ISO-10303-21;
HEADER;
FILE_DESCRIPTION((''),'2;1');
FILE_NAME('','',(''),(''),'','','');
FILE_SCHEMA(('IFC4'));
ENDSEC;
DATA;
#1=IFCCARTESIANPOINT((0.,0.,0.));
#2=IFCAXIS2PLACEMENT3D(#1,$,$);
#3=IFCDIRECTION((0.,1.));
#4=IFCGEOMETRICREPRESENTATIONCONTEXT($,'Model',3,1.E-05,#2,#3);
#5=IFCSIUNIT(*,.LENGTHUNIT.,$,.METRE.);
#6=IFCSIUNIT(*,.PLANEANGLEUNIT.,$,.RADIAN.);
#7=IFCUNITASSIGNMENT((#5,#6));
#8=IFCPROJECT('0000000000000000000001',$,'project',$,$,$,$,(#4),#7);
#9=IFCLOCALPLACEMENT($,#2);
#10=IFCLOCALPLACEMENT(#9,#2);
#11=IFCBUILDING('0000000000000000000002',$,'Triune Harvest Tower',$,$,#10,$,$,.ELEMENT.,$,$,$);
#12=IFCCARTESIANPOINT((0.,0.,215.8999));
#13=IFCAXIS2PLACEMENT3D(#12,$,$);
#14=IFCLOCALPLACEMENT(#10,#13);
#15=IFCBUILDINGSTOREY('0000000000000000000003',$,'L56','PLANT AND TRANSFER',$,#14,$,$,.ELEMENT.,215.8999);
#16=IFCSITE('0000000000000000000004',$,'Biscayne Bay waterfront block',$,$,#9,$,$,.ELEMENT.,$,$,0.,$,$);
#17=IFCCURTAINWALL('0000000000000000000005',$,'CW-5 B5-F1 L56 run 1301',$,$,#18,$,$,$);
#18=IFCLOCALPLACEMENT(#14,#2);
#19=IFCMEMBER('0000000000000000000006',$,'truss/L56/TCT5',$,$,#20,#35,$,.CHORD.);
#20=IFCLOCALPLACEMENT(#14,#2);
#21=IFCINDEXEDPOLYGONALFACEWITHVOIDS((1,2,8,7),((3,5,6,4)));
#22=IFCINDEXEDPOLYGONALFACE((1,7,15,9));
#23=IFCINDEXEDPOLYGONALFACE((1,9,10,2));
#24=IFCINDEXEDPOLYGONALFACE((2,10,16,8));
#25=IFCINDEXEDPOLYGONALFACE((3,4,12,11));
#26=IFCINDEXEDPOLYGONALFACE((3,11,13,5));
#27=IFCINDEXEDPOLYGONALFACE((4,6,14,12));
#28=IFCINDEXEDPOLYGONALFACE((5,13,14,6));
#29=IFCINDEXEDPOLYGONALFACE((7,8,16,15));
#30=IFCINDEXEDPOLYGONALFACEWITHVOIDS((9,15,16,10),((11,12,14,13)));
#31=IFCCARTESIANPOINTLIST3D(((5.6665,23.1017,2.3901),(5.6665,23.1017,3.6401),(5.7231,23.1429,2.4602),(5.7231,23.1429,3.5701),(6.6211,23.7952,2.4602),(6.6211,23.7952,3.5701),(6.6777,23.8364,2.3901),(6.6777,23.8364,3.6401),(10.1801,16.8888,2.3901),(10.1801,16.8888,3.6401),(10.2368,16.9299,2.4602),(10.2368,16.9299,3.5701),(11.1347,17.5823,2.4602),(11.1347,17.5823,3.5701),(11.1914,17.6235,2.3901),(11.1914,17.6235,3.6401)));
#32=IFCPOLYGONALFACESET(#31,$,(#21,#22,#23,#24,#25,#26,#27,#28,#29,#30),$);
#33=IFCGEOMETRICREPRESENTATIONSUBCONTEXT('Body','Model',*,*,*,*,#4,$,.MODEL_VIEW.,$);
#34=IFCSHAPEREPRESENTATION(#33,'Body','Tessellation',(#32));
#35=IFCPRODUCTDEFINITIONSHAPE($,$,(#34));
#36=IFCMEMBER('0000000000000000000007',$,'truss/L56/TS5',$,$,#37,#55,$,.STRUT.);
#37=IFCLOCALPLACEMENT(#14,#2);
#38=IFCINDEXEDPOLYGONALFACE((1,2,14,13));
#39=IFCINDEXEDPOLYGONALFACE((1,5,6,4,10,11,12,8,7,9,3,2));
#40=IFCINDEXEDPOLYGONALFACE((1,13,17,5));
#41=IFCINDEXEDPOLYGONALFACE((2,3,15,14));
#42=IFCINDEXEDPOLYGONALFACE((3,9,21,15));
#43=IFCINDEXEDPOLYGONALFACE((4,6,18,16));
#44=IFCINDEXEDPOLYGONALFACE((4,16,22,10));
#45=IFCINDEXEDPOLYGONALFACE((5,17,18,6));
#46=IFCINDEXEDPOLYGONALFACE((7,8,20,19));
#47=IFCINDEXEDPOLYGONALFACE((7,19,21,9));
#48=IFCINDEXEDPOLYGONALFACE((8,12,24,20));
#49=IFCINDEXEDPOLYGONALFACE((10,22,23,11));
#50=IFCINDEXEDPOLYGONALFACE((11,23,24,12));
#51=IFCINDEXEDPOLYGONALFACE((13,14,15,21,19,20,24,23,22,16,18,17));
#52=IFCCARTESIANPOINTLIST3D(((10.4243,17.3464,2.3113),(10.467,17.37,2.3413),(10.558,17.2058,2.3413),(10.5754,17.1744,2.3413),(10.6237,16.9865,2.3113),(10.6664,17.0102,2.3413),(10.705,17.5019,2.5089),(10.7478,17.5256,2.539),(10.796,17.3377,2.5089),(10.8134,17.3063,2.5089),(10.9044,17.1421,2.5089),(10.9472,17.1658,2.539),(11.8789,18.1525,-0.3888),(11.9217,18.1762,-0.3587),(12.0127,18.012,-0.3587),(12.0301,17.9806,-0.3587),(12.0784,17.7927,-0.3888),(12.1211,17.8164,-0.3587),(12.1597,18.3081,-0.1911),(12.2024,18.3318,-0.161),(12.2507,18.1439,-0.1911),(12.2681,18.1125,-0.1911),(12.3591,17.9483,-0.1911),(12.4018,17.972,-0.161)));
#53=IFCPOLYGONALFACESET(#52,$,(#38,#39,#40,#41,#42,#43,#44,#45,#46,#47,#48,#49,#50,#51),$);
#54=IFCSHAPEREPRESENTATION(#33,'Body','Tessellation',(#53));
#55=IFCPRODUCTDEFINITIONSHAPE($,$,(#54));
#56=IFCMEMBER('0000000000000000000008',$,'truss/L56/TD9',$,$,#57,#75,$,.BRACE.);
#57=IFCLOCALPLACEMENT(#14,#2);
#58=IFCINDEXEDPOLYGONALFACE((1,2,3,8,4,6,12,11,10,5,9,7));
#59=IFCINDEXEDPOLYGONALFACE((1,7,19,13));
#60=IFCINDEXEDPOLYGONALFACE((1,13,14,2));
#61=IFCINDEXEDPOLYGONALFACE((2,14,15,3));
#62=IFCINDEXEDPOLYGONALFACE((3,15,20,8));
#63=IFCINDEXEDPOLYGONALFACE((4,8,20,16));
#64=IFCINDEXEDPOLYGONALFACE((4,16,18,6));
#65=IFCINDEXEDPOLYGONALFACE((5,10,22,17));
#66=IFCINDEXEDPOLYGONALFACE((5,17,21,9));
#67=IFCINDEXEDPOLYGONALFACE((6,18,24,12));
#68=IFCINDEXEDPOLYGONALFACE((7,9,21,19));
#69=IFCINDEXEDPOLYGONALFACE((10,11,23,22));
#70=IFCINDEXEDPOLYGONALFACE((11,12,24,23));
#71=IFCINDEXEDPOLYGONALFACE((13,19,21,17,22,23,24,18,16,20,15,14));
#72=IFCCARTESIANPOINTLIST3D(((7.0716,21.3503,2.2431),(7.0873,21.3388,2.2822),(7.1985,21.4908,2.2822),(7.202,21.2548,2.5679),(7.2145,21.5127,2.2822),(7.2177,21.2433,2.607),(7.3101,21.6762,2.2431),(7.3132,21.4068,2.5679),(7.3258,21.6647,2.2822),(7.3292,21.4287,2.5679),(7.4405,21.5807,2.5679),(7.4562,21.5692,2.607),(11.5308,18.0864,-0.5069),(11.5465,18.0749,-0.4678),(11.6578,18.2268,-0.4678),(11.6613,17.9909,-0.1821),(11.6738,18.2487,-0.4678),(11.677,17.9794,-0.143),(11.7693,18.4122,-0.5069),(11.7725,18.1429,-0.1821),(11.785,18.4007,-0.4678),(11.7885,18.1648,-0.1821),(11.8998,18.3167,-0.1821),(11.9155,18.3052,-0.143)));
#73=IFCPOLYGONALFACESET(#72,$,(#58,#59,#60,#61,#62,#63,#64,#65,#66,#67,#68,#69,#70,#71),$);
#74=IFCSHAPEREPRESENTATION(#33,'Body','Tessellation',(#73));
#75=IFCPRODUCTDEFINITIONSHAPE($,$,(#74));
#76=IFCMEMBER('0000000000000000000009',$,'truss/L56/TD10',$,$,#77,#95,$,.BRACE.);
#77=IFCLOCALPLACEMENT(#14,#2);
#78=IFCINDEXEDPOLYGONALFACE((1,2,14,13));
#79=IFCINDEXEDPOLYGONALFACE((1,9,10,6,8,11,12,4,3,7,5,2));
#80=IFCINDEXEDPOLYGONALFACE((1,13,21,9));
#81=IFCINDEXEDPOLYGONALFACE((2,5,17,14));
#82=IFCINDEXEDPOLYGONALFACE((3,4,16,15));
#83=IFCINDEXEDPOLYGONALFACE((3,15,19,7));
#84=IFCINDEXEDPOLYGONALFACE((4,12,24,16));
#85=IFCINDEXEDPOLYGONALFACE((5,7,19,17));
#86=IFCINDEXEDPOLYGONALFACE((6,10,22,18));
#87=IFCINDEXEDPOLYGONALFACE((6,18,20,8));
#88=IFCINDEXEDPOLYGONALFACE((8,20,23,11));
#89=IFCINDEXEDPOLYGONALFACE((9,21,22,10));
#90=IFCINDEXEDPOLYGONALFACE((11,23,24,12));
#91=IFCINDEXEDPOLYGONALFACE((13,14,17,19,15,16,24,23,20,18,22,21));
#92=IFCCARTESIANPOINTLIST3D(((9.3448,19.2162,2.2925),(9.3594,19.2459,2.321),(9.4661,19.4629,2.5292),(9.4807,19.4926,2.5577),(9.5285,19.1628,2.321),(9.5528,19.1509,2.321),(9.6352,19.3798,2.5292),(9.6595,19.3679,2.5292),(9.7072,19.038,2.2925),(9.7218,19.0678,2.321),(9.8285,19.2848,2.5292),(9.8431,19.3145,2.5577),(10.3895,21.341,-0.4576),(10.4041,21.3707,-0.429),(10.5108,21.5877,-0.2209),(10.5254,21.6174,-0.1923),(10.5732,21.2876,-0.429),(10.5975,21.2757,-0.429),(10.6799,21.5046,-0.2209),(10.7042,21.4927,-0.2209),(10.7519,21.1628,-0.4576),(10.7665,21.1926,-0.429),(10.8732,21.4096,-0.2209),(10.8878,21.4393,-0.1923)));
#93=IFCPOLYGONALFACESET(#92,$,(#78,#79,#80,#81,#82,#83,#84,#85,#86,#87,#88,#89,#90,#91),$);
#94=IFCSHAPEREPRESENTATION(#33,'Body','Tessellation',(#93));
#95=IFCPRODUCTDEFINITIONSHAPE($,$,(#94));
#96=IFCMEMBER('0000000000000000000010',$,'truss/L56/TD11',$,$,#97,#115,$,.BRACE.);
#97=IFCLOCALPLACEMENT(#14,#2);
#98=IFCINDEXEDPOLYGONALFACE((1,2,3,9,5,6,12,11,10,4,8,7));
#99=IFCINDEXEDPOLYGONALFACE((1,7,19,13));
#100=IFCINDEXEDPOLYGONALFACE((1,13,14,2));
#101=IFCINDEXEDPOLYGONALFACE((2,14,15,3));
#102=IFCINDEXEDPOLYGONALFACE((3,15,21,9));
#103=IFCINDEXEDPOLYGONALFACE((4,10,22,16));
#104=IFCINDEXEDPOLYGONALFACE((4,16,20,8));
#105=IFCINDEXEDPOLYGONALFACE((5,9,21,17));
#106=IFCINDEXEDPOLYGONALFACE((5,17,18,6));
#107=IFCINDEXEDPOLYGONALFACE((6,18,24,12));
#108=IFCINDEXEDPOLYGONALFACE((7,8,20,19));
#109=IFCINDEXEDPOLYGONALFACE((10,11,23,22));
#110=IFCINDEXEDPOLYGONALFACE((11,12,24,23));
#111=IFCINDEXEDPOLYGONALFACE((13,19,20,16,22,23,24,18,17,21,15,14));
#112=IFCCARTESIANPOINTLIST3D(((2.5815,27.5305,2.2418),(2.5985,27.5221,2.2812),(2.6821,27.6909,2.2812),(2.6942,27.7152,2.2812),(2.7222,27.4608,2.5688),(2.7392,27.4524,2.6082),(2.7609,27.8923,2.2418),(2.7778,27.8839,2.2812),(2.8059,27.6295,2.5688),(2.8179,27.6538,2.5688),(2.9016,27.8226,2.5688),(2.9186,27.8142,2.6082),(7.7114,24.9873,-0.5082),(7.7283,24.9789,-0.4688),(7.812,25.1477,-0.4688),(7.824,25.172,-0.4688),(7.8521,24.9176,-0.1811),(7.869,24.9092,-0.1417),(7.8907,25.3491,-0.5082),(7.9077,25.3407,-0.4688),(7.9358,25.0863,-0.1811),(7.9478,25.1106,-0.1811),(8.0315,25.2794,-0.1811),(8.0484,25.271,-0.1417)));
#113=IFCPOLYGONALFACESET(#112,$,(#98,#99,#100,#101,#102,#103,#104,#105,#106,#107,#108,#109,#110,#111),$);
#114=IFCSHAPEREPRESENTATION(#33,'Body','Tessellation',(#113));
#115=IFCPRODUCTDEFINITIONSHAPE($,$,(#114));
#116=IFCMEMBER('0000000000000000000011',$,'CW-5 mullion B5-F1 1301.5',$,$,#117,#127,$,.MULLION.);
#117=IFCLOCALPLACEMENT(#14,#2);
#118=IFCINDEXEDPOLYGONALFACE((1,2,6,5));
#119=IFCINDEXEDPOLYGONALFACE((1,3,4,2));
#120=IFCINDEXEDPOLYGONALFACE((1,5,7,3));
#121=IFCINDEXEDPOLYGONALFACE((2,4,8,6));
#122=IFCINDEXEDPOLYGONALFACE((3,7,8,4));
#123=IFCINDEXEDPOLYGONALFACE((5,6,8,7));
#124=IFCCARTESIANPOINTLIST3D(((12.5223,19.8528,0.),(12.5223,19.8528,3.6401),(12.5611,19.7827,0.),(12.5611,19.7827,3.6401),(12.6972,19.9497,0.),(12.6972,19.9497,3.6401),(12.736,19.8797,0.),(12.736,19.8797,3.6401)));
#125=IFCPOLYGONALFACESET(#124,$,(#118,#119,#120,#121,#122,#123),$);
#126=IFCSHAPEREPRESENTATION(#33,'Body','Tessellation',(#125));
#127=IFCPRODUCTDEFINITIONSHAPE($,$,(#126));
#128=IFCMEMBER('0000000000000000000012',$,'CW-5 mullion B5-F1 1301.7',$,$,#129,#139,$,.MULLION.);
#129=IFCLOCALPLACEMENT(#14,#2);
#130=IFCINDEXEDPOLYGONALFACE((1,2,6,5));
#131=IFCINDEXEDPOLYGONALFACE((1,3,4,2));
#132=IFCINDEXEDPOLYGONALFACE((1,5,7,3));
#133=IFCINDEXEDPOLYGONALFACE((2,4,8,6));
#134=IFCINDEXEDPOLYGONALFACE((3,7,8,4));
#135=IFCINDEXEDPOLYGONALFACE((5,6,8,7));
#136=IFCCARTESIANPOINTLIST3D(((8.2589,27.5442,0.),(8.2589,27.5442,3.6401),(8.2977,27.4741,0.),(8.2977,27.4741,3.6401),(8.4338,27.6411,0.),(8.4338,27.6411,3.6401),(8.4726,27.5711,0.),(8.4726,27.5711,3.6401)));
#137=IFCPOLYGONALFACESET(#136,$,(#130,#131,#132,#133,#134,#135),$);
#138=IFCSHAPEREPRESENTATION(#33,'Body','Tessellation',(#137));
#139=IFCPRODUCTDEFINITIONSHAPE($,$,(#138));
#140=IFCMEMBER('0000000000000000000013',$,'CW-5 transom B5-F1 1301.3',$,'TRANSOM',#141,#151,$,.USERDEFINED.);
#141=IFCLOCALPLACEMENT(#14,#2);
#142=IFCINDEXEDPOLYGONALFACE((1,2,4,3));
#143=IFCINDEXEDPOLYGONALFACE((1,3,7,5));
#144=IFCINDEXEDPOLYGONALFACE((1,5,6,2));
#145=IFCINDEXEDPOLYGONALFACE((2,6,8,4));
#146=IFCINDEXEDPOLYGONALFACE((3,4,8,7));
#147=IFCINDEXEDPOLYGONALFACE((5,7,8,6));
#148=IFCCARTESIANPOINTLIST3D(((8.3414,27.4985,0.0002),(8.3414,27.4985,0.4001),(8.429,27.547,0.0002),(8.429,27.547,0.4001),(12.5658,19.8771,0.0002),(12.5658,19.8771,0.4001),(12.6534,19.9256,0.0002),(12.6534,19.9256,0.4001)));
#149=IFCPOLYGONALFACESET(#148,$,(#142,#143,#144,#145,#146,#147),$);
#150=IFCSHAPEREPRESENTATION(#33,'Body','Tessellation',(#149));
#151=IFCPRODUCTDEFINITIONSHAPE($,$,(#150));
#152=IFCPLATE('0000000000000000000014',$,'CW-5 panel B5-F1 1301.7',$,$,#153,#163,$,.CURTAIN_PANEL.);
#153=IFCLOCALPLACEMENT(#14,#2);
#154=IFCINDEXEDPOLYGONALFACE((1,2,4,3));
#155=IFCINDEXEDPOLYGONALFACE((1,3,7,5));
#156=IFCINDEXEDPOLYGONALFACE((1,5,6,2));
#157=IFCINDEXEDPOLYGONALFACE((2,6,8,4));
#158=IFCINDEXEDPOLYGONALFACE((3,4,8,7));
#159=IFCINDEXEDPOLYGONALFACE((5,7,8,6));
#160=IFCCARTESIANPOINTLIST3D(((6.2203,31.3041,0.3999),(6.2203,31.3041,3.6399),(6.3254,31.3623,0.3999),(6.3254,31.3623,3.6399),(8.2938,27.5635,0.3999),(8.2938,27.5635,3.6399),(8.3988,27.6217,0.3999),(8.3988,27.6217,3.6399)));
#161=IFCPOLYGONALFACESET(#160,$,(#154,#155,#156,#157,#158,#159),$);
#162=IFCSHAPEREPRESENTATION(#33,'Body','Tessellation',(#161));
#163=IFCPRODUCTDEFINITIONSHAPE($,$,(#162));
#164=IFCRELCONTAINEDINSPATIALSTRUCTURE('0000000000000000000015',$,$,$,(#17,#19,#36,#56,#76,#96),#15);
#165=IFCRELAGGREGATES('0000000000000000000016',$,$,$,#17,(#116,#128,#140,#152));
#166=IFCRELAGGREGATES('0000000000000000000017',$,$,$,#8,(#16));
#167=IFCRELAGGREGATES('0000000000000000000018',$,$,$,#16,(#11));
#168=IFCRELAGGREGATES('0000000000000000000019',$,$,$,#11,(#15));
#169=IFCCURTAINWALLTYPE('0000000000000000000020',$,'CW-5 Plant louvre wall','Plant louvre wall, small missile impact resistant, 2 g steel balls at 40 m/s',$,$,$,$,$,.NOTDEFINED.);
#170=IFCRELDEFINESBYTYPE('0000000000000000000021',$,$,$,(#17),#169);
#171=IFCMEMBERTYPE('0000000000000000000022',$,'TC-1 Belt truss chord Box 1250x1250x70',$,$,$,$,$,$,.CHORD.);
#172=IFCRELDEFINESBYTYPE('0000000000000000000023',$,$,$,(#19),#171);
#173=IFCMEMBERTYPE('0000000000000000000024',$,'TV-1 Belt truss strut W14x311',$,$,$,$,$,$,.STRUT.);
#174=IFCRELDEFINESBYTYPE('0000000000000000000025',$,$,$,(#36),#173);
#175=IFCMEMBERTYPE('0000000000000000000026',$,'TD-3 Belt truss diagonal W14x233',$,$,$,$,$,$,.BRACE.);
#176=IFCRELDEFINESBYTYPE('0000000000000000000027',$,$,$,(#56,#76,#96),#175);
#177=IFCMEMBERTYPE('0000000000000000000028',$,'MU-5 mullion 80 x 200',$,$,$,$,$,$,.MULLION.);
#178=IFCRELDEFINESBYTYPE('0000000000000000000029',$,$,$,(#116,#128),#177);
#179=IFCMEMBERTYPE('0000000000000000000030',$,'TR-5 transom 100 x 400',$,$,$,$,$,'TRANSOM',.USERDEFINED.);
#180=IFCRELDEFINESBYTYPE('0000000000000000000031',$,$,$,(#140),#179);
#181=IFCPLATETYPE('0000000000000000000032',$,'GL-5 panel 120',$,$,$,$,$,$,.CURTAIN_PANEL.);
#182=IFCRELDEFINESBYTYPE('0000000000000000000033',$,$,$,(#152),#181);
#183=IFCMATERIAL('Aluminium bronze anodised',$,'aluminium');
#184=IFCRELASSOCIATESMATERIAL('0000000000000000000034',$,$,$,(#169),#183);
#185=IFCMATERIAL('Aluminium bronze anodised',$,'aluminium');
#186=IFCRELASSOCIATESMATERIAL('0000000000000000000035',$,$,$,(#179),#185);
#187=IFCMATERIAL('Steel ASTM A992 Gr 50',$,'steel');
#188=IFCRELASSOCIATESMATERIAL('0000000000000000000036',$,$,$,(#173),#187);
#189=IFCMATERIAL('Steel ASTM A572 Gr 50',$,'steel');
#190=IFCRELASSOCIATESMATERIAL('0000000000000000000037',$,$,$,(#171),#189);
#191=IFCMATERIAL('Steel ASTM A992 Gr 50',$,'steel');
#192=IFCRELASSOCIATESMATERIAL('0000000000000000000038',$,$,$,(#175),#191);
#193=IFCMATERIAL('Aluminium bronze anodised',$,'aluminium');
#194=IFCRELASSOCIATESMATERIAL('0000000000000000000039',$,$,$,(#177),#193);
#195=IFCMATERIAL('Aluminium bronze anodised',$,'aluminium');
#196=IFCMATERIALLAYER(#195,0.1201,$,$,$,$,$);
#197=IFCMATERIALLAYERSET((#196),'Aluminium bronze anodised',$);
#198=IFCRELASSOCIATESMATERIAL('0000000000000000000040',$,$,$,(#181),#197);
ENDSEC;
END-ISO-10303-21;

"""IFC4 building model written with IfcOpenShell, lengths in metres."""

from ifc_helpers import new_model, si_unit, direction, frame, origin, origin_2d, place, context, subcontext, project, spatial, rectangle, hollow_rectangle, i_section, extrude, source, transform, mapped, material, layer, layer_set, material_profile, profile_set, type_object, element, aggregate, save


model = new_model("IFC4")

# Units and contexts
model_context = context("Model", 3, precision=1e-05, world=origin(), true_north=direction((0.0, 1.0)))
body_context = subcontext(model_context, "Body", "Model", "MODEL_VIEW")
ifc_project = project(units=[si_unit("LENGTHUNIT", "METRE"), si_unit("PLANEANGLEUNIT", "RADIAN")], contexts=[model_context])

# Site, building, storey
site_placement = place(None, origin())
site = spatial("IfcSite", under=ifc_project, at=site_placement, Name="Biscayne Bay waterfront block", CompositionType="ELEMENT", RefElevation=0.0)
building_placement = place(site_placement, origin())
building = spatial("IfcBuilding", under=site, at=building_placement, Name="Triune Harvest Tower", CompositionType="ELEMENT")
storey_placement = place(building_placement, frame((0.0, 0.0, 215.8999)))
storey = spatial("IfcBuildingStorey", under=building, at=storey_placement, Name="L56", Description="PLANT AND TRANSFER", CompositionType="ELEMENT", Elevation=215.8999)

# Curtain wall
ifc_material_1 = material(Name="Aluminium bronze anodised", Category="aluminium")
curtain_wall_type = type_object("IfcCurtainWallType", Name="CW-5 Plant louvre wall", Description="Plant louvre wall, small missile impact resistant, 2 g steel balls at 40 m/s", PredefinedType="NOTDEFINED", material=ifc_material_1)
curtain_wall_placement = place(storey_placement, origin())
curtain_wall = element("IfcCurtainWall", 1, at=curtain_wall_placement, inside=storey, type_object=curtain_wall_type, Name="CW-5 B5-F1 L56 run 1301")
ifc_material_2 = material(Name="Aluminium bronze anodised", Category="aluminium")
ifc_material_profile_1 = material_profile(ifc_material_2, rectangle(XDim=0.1001, YDim=0.3999, at=origin_2d()), Name="TR-5 transom 100 x 400")
ifc_profile_set_1 = profile_set([ifc_material_profile_1], Name="Aluminium bronze anodised")
member_type_1 = type_object("IfcMemberType", Name="TR-5 transom 100 x 400", ElementType="TRANSOM", PredefinedType="USERDEFINED", material=ifc_profile_set_1)

# Shared definitions
ifc_material_3 = material(Name="Steel ASTM A992 Gr 50", Category="steel")
ifc_material_profile_2 = material_profile(ifc_material_3, i_section(OverallWidth=0.4114, OverallDepth=0.4343, WebThickness=0.0359, FlangeThickness=0.0574, at=origin_2d()), Name="W14x311")
ifc_profile_set_2 = profile_set([ifc_material_profile_2], Name="Steel ASTM A992 Gr 50")
member_type_2 = type_object("IfcMemberType", Name="TV-1 Belt truss strut W14x311", PredefinedType="STRUT", material=ifc_profile_set_2)

# Members
ifc_material_4 = material(Name="Steel ASTM A572 Gr 50", Category="steel")
ifc_material_profile_3 = material_profile(ifc_material_4, hollow_rectangle(XDim=1.25, YDim=1.25, WallThickness=0.0701, at=origin_2d()), Name="Box 1250x1250x70")
ifc_profile_set_3 = profile_set([ifc_material_profile_3], Name="Steel ASTM A572 Gr 50")
member_type_3 = type_object("IfcMemberType", Name="TC-1 Belt truss chord Box 1250x1250x70", PredefinedType="CHORD", material=ifc_profile_set_3)
shared_shape_1 = source(origin(), body_context, "Body", "SweptSolid", [
    extrude(hollow_rectangle(XDim=1.25, YDim=1.25, WallThickness=0.0701, at=origin_2d()), origin(), (0.0, 0.0, 1.0), 7.6794),
])
member_1_placement = place(storey_placement, frame((10.6858, 17.2561, 3.0151), z_axis=(-0.587763, 0.809033, 0.0), x_axis=(-0.809033, -0.587763, 0.0)))
element("IfcMember", 2, at=member_1_placement, inside=storey, type_object=member_type_3, Name="truss/L56/TCT5", PredefinedType="CHORD", context=body_context, shape_type="MappedRepresentation", body=[
    mapped(shared_shape_1, transform((0.0, 0.0, 0.0), scale=1.0)),
])
shared_shape_2 = source(origin(), body_context, "Body", "SweptSolid", [
    extrude(i_section(OverallWidth=0.4114, OverallDepth=0.4343, WebThickness=0.0359, FlangeThickness=0.0574, at=origin_2d()), origin(), (0.0, 0.0, 1.0), 3.1711),
])
member_2_placement = place(storey_placement, frame((12.1404, 18.0623, -0.2749), z_axis=(-0.458712, -0.254224, 0.851442), x_axis=(0.484745, -0.874655, 0.0)))
element("IfcMember", 3, at=member_2_placement, inside=storey, type_object=member_type_2, Name="truss/L56/TS5", PredefinedType="STRUT", context=body_context, shape_type="MappedRepresentation", body=[
    mapped(shared_shape_2, transform((0.0, 0.0, 0.0), scale=1.0)),
])
ifc_material_5 = material(Name="Steel ASTM A992 Gr 50", Category="steel")
ifc_material_profile_4 = material_profile(ifc_material_5, i_section(OverallWidth=0.4038, OverallDepth=0.4065, WebThickness=0.0271, FlangeThickness=0.0437, at=origin_2d()), Name="W14x233")
ifc_profile_set_4 = profile_set([ifc_material_profile_4], Name="Steel ASTM A992 Gr 50")
member_type_4 = type_object("IfcMemberType", Name="TD-3 Belt truss diagonal W14x233", PredefinedType="BRACE", material=ifc_profile_set_4)
shared_shape_3 = source(origin(), body_context, "Body", "SweptSolid", [
    extrude(i_section(OverallWidth=0.4038, OverallDepth=0.4065, WebThickness=0.0271, FlangeThickness=0.0437, at=origin_2d()), origin(), (0.0, 0.0, 1.0), 6.1726),
])
member_3_placement = place(storey_placement, frame((11.7231, 18.1958, -0.325), z_axis=(-0.722429, 0.528779, 0.445521), x_axis=(-0.590636, -0.806938, 0.0)))
element("IfcMember", 4, at=member_3_placement, inside=storey, type_object=member_type_4, Name="truss/L56/TD9", PredefinedType="BRACE", context=body_context, shape_type="MappedRepresentation", body=[
    mapped(shared_shape_3, transform((0.0, 0.0, 0.0), scale=1.0)),
])
shared_shape_4 = source(origin(), body_context, "Body", "SweptSolid", [
    extrude(i_section(OverallWidth=0.4038, OverallDepth=0.4065, WebThickness=0.0271, FlangeThickness=0.0437, at=origin_2d()), origin(), (0.0, 0.0, 1.0), 3.6289),
])
member_4_placement = place(storey_placement, frame((10.6387, 21.3901, -0.325), z_axis=(-0.287882, -0.58552, 0.757819), x_axis=(0.897397, -0.441223, 0.0)))
element("IfcMember", 5, at=member_4_placement, inside=storey, type_object=member_type_4, Name="truss/L56/TD10", PredefinedType="BRACE", context=body_context, shape_type="MappedRepresentation", body=[
    mapped(shared_shape_4, transform((0.0, 0.0, 0.0), scale=1.0)),
])
shared_shape_5 = source(origin(), body_context, "Body", "SweptSolid", [
    extrude(i_section(OverallWidth=0.4038, OverallDepth=0.4065, WebThickness=0.0271, FlangeThickness=0.0437, at=origin_2d()), origin(), (0.0, 0.0, 1.0), 6.3518),
])
member_5_placement = place(storey_placement, frame((7.8799, 25.1292, -0.325), z_axis=(-0.807619, 0.400389, 0.432944), x_axis=(-0.444175, -0.89594, 0.0)))
element("IfcMember", 6, at=member_5_placement, inside=storey, type_object=member_type_4, Name="truss/L56/TD11", PredefinedType="BRACE", context=body_context, shape_type="MappedRepresentation", body=[
    mapped(shared_shape_5, transform((0.0, 0.0, 0.0), scale=1.0)),
])

# Members
ifc_material_6 = material(Name="Aluminium bronze anodised", Category="aluminium")
ifc_material_profile_5 = material_profile(ifc_material_6, rectangle(XDim=0.2, YDim=0.0801, at=origin_2d()), Name="MU-5 mullion 80 x 200")
ifc_profile_set_5 = profile_set([ifc_material_profile_5], Name="Aluminium bronze anodised")
member_type_5 = type_object("IfcMemberType", Name="MU-5 mullion 80 x 200", PredefinedType="MULLION", material=ifc_profile_set_5)
shared_shape_6 = source(origin(), body_context, "Body", "SweptSolid", [
    extrude(rectangle(XDim=0.2, YDim=0.0801, at=origin_2d()), origin(), (0.0, 0.0, 1.0), 3.6401),
])
member_6_placement = place(storey_placement, frame((12.6292, 19.8662, 0.0), z_axis=(0.0, 0.0, 1.0), x_axis=(-0.874621, -0.484808, 0.0)))
member_6 = element("IfcMember", 7, at=member_6_placement, type_object=member_type_5, Name="CW-5 mullion B5-F1 1301.5", PredefinedType="MULLION", context=body_context, shape_type="MappedRepresentation", body=[
    mapped(shared_shape_6, transform((0.0, 0.0, 0.0), scale=1.0)),
])
member_7_placement = place(storey_placement, frame((8.3657, 27.5576, 0.0), z_axis=(0.0, 0.0, 1.0), x_axis=(-0.874621, -0.484808, 0.0)))
member_7 = element("IfcMember", 8, at=member_7_placement, type_object=member_type_5, Name="CW-5 mullion B5-F1 1301.7", PredefinedType="MULLION", context=body_context, shape_type="MappedRepresentation", body=[
    mapped(shared_shape_6, transform((0.0, 0.0, 0.0), scale=1.0)),
])
shared_shape_7 = source(origin(), body_context, "Body", "SweptSolid", [
    extrude(rectangle(XDim=0.1001, YDim=0.3999, at=origin_2d()), origin(), (0.0, 0.0, 1.0), 8.7139),
])
member_8_placement = place(storey_placement, frame((12.6096, 19.9014, 0.2002), z_axis=(-0.484791, 0.87463, 0.0), x_axis=(-0.87463, -0.484791, 0.0)))
member_8 = element("IfcMember", 9, at=member_8_placement, type_object=member_type_1, Name="CW-5 transom B5-F1 1301.3", ObjectType="TRANSOM", PredefinedType="USERDEFINED", context=body_context, shape_type="MappedRepresentation", body=[
    mapped(shared_shape_7, transform((0.0, 0.0, 0.0), scale=1.0)),
])

# Plate
ifc_material_7 = material(Name="Aluminium bronze anodised", Category="aluminium")
ifc_layer = layer(ifc_material_7, 0.1201)
ifc_layer_set = layer_set([ifc_layer], Name="Aluminium bronze anodised")
plate_type = type_object("IfcPlateType", Name="GL-5 panel 120", PredefinedType="CURTAIN_PANEL", material=ifc_layer_set)
plate_1_placement = place(storey_placement, frame((7.3096, 29.4629, 0.3999), z_axis=(0.0, 0.0, 1.0), x_axis=(-0.484808, 0.874621, 0.0)))
plate_1 = element("IfcPlate", 10, at=plate_1_placement, type_object=plate_type, Name="CW-5 panel B5-F1 1301.7", PredefinedType="CURTAIN_PANEL", context=body_context, shape_type="SweptSolid", body=[
    extrude(rectangle(XDim=4.2769, YDim=0.1201, at=origin_2d()), origin(), (0.0, 0.0, 1.0), 3.24),
])
aggregate(curtain_wall, [member_6, member_7, member_8, plate_1])

save(model, "model.ifc")
